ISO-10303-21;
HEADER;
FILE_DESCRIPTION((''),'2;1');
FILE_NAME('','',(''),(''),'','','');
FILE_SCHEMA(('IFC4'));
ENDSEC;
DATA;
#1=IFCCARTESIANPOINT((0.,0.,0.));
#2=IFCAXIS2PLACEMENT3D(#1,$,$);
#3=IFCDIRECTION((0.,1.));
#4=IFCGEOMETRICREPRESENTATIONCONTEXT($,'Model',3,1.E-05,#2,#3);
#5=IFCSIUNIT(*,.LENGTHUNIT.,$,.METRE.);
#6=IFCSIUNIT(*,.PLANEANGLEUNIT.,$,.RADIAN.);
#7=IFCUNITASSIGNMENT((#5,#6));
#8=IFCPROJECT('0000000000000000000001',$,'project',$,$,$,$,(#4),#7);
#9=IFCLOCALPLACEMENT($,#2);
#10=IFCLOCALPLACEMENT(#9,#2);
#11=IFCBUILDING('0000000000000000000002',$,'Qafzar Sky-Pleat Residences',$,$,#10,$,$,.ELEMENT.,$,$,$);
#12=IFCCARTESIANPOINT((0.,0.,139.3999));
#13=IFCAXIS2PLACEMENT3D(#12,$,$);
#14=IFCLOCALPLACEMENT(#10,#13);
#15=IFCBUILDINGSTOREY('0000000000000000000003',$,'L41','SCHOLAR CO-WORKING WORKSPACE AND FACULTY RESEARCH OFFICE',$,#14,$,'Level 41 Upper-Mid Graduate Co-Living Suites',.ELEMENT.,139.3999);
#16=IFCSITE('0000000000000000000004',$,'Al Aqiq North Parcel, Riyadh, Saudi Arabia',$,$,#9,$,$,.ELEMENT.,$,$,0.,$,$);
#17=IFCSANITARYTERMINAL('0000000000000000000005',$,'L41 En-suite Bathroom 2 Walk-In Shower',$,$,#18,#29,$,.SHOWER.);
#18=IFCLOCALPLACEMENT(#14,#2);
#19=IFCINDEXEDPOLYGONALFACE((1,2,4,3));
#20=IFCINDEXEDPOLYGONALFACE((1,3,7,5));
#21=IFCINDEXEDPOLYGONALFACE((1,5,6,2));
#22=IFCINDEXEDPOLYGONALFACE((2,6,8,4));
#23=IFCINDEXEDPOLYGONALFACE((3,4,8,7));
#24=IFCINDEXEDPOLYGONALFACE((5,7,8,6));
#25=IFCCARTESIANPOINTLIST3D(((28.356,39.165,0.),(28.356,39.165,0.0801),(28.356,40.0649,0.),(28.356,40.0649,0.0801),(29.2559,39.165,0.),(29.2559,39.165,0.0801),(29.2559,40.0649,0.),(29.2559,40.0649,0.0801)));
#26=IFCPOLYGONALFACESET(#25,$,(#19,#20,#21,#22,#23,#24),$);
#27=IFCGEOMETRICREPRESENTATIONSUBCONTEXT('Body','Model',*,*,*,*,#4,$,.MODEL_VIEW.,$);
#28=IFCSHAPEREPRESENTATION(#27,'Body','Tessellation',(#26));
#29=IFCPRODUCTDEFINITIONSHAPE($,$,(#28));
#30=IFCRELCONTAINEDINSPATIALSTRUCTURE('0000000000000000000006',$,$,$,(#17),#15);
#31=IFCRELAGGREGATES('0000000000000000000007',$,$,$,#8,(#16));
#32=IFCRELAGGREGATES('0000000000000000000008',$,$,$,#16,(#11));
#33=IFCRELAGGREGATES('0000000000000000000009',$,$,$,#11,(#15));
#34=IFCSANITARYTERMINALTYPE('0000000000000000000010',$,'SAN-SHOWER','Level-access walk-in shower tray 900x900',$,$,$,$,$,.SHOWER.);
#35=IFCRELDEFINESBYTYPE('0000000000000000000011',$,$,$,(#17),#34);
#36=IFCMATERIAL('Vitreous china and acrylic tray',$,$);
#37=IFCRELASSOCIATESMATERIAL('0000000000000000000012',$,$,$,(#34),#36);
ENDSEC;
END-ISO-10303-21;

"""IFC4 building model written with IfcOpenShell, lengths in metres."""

from ifc_helpers import new_model, si_unit, direction, frame, origin, origin_2d, place, context, subcontext, project, spatial, rectangle, extrude, source, transform, mapped, material, type_object, element, save


model = new_model("IFC4")

# Units and contexts
model_context = context("Model", 3, precision=1e-05, world=origin(), true_north=direction((0.0, 1.0)))
body_context = subcontext(model_context, "Body", "Model", "MODEL_VIEW")
ifc_project = project(units=[si_unit("LENGTHUNIT", "METRE"), si_unit("PLANEANGLEUNIT", "RADIAN")], contexts=[model_context])

# Site, building, storey
site_placement = place(None, origin())
site = spatial("IfcSite", under=ifc_project, at=site_placement, Name="Al Aqiq North Parcel, Riyadh, Saudi Arabia", CompositionType="ELEMENT", RefElevation=0.0)
building_placement = place(site_placement, origin())
building = spatial("IfcBuilding", under=site, at=building_placement, Name="Qafzar Sky-Pleat Residences", CompositionType="ELEMENT")
storey_placement = place(building_placement, frame((0.0, 0.0, 139.3999)))
storey = spatial("IfcBuildingStorey", under=building, at=storey_placement, Name="L41", Description="SCHOLAR CO-WORKING WORKSPACE AND FACULTY RESEARCH OFFICE", LongName="Level 41 Upper-Mid Graduate Co-Living Suites", CompositionType="ELEMENT", Elevation=139.3999)

# Sanitary terminal
ifc_material_1 = material(Name="Vitreous china and acrylic tray")
sanitary_terminal_type_1 = type_object("IfcSanitaryTerminalType", Name="SAN-SHOWER", Description="Level-access walk-in shower tray 900x900", PredefinedType="SHOWER", material=ifc_material_1)
shared_shape_1 = source(origin(), body_context, "Body", "SweptSolid", [
    extrude(rectangle(XDim=0.8999, YDim=0.8999, at=origin_2d()), origin(), (0.0, 0.0, 1.0), 0.0801),
])
sanitary_terminal_1_placement = place(storey_placement, frame((28.8059, 39.615, 0.0), z_axis=(0.0, 0.0, 1.0), x_axis=(1.0, 0.0, 0.0)))
element("IfcSanitaryTerminal", 1, at=sanitary_terminal_1_placement, inside=storey, type_object=sanitary_terminal_type_1, Name="L41 En-suite Bathroom 2 Walk-In Shower", PredefinedType="SHOWER", context=body_context, shape_type="MappedRepresentation", body=[
    mapped(shared_shape_1, transform((0.0, 0.0, 0.0), x_axis=(1.0, 0.0, 0.0), y_axis=(0.0, 1.0, 0.0), z_axis=(0.0, 0.0, 1.0), scale=1.0)),
])

save(model, "model.ifc")
